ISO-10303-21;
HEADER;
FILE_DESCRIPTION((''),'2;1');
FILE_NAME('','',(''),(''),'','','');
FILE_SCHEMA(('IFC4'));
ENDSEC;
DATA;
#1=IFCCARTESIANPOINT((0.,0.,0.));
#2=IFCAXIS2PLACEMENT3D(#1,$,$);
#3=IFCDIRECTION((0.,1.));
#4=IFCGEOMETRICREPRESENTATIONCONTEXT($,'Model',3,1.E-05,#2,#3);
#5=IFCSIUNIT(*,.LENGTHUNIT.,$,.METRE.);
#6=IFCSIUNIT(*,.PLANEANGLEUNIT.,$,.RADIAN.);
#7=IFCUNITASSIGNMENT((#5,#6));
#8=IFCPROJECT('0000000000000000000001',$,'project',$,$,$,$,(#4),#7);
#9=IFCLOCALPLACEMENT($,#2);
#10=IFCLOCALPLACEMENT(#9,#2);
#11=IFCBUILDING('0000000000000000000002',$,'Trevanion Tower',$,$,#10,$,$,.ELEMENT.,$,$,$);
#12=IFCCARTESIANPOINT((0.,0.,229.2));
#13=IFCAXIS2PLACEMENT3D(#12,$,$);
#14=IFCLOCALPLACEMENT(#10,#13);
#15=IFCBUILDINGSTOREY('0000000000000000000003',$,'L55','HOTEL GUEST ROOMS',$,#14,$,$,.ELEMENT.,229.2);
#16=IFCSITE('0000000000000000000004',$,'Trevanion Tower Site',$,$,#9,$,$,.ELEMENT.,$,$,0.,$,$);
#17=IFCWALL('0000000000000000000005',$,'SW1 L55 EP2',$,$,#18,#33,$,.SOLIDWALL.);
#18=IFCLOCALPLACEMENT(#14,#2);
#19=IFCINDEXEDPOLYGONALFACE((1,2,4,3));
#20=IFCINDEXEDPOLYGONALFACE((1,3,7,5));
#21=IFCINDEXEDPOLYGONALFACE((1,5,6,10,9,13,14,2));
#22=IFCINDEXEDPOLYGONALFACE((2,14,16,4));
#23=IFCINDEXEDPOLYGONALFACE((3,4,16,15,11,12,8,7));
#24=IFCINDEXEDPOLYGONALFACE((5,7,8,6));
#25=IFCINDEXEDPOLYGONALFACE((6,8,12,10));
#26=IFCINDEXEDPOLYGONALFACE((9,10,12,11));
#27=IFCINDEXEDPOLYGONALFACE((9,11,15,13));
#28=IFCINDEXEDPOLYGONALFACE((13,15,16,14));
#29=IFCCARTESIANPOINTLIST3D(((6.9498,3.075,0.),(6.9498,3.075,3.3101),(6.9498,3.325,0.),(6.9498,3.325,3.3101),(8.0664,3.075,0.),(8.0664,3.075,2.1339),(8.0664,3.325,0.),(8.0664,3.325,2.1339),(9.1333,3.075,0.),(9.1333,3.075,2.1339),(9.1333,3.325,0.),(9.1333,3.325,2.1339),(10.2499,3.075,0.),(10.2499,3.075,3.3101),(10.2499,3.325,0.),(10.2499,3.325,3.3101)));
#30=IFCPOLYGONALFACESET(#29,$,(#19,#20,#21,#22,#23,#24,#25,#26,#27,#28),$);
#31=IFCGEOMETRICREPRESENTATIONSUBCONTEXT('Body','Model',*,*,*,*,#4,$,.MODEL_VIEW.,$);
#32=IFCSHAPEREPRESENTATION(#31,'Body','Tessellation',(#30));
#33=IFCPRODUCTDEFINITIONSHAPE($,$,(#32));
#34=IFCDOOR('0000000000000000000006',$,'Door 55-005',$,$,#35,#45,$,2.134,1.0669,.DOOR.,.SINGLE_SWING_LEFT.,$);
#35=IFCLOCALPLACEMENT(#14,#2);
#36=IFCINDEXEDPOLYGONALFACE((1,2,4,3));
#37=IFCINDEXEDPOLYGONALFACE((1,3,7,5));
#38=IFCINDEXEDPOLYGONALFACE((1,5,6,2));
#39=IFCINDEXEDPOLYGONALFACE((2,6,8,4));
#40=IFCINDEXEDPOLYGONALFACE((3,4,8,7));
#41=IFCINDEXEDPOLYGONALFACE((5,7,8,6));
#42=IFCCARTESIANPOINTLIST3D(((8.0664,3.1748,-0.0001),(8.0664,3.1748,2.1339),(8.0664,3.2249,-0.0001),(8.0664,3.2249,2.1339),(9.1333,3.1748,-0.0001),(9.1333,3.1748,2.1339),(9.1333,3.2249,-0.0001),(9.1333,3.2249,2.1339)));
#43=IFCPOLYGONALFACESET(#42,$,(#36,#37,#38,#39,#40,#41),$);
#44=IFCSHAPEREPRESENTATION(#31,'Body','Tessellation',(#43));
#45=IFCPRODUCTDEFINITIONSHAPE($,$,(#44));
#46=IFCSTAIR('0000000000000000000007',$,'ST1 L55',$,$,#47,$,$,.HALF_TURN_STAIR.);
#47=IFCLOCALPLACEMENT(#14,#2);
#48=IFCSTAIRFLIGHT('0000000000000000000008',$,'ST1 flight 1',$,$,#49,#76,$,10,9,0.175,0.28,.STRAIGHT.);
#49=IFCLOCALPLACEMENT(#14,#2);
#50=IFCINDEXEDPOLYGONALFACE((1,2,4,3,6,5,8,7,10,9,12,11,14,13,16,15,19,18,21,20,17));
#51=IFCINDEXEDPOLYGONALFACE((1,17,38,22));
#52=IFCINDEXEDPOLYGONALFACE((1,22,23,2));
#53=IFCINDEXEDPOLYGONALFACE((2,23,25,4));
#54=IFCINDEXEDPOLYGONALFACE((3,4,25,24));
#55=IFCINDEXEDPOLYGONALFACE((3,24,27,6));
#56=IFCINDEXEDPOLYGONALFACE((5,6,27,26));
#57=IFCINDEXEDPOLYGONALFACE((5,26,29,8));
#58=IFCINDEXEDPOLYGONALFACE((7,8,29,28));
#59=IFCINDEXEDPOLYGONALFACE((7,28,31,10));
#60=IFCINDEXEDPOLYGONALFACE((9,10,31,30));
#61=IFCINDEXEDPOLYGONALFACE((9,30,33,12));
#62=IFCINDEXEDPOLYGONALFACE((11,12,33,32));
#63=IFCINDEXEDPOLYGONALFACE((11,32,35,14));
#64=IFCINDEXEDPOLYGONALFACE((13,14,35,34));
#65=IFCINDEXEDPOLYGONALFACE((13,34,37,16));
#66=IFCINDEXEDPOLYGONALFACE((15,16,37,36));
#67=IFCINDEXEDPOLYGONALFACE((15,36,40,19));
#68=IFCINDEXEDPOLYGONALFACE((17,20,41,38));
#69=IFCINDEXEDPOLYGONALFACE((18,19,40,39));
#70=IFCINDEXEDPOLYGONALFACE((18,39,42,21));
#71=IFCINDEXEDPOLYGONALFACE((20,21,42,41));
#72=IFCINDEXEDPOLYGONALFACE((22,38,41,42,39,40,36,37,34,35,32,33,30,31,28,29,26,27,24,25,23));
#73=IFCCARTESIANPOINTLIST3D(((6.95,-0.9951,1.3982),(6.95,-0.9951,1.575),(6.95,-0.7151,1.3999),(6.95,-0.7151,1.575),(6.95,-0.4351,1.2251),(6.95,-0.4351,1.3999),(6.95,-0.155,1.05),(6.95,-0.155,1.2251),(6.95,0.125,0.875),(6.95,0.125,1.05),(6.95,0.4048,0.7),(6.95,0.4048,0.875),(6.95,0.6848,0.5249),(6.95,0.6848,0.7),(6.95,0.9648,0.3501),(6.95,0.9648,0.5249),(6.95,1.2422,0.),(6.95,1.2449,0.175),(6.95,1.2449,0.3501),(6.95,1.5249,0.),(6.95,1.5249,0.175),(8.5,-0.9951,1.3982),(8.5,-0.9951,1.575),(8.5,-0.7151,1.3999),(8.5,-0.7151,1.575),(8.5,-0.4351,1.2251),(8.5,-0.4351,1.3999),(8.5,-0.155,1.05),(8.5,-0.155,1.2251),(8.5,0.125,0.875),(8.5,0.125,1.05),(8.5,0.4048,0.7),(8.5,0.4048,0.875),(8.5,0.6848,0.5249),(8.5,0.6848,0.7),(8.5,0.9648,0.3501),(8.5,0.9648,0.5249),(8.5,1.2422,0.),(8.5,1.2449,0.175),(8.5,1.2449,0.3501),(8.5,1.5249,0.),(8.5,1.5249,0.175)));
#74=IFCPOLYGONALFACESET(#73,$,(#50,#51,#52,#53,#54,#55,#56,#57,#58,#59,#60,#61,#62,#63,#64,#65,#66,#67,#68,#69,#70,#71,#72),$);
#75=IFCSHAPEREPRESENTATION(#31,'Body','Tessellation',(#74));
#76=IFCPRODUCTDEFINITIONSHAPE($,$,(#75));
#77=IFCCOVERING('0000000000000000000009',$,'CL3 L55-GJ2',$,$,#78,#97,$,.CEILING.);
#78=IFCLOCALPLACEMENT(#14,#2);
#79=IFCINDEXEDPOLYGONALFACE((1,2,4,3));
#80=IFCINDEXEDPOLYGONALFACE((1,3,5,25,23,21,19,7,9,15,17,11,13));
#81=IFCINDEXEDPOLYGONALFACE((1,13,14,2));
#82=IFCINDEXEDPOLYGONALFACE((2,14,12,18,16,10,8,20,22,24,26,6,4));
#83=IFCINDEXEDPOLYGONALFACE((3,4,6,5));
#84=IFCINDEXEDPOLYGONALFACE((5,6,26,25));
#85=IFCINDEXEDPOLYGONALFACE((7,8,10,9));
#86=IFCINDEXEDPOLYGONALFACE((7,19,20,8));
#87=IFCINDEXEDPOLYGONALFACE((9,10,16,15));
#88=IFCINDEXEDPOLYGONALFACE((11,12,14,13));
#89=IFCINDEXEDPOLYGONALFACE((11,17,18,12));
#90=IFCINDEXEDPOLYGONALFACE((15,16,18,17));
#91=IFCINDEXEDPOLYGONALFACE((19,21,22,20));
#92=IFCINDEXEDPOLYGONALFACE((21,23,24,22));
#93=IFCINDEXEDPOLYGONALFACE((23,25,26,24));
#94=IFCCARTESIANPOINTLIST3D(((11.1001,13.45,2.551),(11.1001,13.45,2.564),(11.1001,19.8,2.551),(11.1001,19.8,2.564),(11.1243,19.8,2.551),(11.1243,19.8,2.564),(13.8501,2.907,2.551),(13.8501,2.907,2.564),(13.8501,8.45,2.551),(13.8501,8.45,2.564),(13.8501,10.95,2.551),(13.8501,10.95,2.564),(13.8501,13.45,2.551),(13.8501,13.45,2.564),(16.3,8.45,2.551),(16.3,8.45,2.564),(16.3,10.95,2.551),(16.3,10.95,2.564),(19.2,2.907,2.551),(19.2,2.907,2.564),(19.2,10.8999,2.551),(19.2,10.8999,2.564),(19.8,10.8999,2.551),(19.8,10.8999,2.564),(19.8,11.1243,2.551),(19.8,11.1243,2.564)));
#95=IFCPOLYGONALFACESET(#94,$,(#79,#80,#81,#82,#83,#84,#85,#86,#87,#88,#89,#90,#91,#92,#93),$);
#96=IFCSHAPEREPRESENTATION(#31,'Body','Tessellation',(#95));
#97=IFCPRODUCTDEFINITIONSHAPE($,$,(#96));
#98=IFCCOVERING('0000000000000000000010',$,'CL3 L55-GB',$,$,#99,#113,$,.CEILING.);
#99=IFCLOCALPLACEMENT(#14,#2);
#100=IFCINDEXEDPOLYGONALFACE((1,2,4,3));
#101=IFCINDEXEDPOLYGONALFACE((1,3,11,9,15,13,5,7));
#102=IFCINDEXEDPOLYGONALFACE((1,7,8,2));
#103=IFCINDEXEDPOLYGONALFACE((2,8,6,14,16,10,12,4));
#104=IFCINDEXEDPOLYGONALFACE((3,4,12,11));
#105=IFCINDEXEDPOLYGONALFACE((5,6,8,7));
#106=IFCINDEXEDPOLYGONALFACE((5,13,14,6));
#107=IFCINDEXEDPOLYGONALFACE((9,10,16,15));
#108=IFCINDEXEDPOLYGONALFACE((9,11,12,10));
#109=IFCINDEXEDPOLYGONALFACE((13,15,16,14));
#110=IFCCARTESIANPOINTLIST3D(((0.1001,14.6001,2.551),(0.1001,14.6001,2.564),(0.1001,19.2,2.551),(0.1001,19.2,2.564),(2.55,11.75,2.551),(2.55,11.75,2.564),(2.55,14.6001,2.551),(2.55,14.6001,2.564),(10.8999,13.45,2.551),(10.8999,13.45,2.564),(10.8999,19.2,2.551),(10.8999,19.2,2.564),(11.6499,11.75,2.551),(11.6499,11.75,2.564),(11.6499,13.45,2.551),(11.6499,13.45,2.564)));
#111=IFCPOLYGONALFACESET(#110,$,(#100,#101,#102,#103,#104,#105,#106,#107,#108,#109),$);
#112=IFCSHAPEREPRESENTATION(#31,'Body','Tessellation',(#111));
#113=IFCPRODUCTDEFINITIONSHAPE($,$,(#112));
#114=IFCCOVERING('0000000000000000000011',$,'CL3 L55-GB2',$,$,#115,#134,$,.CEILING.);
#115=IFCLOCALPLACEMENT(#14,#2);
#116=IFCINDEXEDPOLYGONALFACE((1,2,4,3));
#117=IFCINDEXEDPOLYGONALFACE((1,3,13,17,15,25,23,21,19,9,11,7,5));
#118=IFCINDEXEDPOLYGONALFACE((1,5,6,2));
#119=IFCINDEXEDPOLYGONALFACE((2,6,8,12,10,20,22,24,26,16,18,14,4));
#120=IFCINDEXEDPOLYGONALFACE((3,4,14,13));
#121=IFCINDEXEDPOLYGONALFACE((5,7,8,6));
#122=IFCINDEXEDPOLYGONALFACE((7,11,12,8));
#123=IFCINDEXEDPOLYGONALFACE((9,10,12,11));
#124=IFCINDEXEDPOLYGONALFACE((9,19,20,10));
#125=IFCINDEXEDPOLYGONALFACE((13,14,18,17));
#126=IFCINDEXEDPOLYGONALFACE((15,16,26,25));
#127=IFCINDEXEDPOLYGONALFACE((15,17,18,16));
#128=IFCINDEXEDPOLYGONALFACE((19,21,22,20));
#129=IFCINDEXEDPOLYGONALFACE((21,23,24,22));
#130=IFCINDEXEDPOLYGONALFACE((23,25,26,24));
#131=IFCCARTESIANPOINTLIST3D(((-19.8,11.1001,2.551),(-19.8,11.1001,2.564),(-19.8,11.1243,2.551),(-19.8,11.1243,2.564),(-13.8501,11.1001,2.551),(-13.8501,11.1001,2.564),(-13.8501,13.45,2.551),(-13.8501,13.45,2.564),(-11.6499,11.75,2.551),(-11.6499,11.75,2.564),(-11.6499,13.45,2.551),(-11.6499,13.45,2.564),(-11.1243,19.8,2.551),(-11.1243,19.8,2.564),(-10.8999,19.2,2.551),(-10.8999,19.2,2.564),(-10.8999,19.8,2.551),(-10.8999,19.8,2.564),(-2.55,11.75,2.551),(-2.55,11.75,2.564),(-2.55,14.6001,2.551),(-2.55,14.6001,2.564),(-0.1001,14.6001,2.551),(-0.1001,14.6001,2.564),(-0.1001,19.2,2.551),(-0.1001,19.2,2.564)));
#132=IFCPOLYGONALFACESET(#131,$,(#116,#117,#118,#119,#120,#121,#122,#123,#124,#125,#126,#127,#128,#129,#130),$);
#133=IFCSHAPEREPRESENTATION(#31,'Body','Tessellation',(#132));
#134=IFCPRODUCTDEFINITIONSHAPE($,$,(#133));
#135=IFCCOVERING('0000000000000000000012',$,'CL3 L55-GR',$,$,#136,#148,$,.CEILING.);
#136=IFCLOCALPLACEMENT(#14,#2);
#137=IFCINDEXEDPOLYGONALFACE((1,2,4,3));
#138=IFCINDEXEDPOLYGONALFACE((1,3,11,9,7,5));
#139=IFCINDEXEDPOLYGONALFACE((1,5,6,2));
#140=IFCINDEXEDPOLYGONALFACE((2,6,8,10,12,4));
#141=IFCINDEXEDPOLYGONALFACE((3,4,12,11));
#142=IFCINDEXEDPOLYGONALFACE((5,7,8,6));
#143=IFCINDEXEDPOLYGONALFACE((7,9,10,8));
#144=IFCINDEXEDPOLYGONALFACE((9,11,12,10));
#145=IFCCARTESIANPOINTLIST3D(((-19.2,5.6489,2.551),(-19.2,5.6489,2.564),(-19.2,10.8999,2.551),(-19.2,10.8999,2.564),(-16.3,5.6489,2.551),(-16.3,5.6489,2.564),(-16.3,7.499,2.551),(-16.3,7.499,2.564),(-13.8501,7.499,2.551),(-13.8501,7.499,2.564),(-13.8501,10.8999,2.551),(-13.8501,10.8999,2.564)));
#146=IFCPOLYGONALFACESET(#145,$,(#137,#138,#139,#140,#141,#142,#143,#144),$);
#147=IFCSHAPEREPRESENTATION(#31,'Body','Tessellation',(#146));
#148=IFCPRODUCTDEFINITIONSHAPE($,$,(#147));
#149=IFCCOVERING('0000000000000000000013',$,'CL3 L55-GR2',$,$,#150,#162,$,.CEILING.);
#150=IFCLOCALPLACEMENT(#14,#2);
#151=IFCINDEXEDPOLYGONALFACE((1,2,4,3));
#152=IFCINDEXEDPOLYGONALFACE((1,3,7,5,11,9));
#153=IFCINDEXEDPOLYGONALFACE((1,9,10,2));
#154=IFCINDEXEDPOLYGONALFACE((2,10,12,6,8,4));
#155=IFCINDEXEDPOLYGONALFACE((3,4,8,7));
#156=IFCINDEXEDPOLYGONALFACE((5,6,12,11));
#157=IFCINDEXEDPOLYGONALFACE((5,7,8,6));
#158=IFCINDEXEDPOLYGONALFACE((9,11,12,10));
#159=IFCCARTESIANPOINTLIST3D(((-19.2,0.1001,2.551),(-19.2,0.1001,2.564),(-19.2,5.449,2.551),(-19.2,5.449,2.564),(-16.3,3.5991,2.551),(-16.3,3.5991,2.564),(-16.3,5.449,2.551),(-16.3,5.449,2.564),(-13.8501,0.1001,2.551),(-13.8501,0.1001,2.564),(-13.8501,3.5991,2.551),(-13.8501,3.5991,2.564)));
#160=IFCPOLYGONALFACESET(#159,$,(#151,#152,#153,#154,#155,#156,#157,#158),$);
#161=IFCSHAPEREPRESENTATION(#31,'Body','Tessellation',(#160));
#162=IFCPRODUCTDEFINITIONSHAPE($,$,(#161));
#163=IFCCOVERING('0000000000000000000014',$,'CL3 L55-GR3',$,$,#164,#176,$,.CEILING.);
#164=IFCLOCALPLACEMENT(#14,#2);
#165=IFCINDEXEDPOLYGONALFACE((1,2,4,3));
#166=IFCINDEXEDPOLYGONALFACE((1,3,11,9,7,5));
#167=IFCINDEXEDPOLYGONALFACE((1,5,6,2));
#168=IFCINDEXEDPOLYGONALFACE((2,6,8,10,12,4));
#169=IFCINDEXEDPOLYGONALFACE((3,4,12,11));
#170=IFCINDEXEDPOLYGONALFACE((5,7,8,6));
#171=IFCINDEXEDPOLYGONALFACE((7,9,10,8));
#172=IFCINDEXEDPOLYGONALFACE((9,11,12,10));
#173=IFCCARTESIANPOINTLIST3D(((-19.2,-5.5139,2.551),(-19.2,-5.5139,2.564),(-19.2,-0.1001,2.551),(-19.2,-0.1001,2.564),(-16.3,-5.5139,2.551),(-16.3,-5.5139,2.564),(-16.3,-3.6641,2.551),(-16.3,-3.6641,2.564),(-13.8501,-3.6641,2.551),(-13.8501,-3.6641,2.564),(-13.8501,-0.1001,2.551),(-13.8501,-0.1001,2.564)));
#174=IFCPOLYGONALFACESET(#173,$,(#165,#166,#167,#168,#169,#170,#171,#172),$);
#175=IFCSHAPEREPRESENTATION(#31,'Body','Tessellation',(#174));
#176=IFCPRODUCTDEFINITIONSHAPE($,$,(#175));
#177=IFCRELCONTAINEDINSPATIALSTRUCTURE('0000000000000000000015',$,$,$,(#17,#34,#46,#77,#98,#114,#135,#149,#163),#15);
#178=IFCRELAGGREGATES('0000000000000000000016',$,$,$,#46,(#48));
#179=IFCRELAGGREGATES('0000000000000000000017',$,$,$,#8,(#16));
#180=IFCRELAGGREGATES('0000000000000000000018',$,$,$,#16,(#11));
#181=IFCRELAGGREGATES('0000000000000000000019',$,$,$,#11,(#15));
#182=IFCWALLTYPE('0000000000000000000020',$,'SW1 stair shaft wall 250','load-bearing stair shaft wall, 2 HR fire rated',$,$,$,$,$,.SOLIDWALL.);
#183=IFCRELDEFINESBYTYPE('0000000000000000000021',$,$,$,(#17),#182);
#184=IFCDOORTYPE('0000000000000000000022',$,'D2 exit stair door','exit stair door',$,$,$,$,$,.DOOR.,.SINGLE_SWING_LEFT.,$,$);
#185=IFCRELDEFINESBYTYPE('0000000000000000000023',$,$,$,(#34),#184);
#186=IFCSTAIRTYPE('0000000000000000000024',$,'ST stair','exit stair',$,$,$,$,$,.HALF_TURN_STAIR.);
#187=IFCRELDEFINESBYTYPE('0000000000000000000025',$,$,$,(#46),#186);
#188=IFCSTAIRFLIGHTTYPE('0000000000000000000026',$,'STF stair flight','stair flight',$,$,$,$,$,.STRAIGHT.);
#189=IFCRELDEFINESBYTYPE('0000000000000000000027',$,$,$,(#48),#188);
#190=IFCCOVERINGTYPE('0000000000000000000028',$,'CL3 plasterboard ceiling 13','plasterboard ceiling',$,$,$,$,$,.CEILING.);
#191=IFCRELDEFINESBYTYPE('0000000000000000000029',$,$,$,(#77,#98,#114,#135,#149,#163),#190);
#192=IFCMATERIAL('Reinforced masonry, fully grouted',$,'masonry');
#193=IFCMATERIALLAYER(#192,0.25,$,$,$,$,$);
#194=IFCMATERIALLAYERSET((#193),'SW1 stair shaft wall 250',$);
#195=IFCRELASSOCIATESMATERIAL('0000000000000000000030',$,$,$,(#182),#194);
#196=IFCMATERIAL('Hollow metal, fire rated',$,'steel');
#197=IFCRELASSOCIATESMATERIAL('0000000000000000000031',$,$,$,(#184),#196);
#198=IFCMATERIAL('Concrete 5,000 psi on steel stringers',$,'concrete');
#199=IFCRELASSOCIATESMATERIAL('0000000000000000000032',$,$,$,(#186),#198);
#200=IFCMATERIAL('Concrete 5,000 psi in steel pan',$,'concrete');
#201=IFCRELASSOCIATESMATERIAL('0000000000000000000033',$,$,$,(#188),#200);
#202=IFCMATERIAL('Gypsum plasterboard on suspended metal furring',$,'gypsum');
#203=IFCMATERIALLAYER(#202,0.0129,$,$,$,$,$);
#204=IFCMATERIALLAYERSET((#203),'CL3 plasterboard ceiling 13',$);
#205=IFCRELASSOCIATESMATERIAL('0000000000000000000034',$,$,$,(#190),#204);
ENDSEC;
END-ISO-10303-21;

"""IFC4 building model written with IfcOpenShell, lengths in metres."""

from ifc_helpers import new_model, si_unit, direction, frame, frame_2d, origin, place, context, subcontext, project, spatial, polyline, rectangle, outline, extrude, material, layer, layer_set, type_object, element, fill, aggregate, save


model = new_model("IFC4")

# Units and contexts
model_context = context("Model", 3, precision=1e-05, world=origin(), true_north=direction((0.0, 1.0)))
body_context = subcontext(model_context, "Body", "Model", "MODEL_VIEW")
ifc_project = project(units=[si_unit("LENGTHUNIT", "METRE"), si_unit("PLANEANGLEUNIT", "RADIAN")], contexts=[model_context])

# Site, building, storey
site_placement = place(None, origin())
site = spatial("IfcSite", under=ifc_project, at=site_placement, Name="Trevanion Tower Site", CompositionType="ELEMENT", RefElevation=0.0)
building_placement = place(site_placement, origin())
building = spatial("IfcBuilding", under=site, at=building_placement, Name="Trevanion Tower", CompositionType="ELEMENT")
storey_placement = place(building_placement, frame((0.0, 0.0, 229.2)))
storey = spatial("IfcBuildingStorey", under=building, at=storey_placement, Name="L55", Description="HOTEL GUEST ROOMS", CompositionType="ELEMENT", Elevation=229.2)

# Wall, opening, door
ifc_material_1 = material(Name="Reinforced masonry, fully grouted", Category="masonry")
ifc_layer_1 = layer(ifc_material_1, 0.25)
ifc_layer_set_1 = layer_set([ifc_layer_1], Name="SW1 stair shaft wall 250")
wall_type_1 = type_object("IfcWallType", Name="SW1 stair shaft wall 250", Description="load-bearing stair shaft wall, 2 HR fire rated", PredefinedType="SOLIDWALL", material=ifc_layer_set_1)
wall_1_placement = place(storey_placement, frame((6.95, 3.2, 0.0), z_axis=(0.0, 0.0, 1.0), x_axis=(1.0, 0.0, 0.0)))
wall_1 = element("IfcWall", 1, at=wall_1_placement, inside=storey, type_object=wall_type_1, Name="SW1 L55 EP2", PredefinedType="SOLIDWALL", context=body_context, shape_type="SweptSolid", body=[
    extrude(rectangle(XDim=3.3, YDim=0.25, at=frame_2d((1.6499, 0.0))), origin(), (0.0, 0.0, 1.0), 3.3101),
])
opening_1_placement = place(wall_1_placement, frame((1.1165, 0.0, 0.0)))
opening_1 = element("IfcOpeningElement", 2, at=opening_1_placement, cuts=wall_1, PredefinedType="OPENING", context=body_context, shape_type="SweptSolid", body=[
    extrude(rectangle(XDim=1.0669, YDim=2.134, at=frame_2d((0.5334, 1.0669))), frame((0.0, 0.135, 0.0), z_axis=(0.0, -1.0, 0.0), x_axis=(1.0, 0.0, 0.0)), (0.0, 0.0, 1.0), 0.27),
])
ifc_material_2 = material(Name="Hollow metal, fire rated", Category="steel")
door_type_1 = type_object("IfcDoorType", Name="D2 exit stair door", Description="exit stair door", OperationType="SINGLE_SWING_LEFT", PredefinedType="DOOR", material=ifc_material_2)
door_1_placement = place(opening_1_placement, origin())
door_1 = element("IfcDoor", 3, at=door_1_placement, inside=storey, type_object=door_type_1, Name="Door 55-005", OperationType="SINGLE_SWING_LEFT", OverallHeight=2.134, OverallWidth=1.0669, PredefinedType="DOOR", context=body_context, shape_type="SweptSolid", body=[
    extrude(rectangle(XDim=1.0669, YDim=2.134, at=frame_2d((0.5334, 1.0669))), frame((0.0, 0.0249, 0.0), z_axis=(0.0, -1.0, 0.0), x_axis=(1.0, 0.0, 0.0)), (0.0, 0.0, 1.0), 0.05),
])
fill(opening_1, door_1)

# Stair, stair flight
ifc_material_3 = material(Name="Concrete 5,000 psi on steel stringers", Category="concrete")
stair_type = type_object("IfcStairType", Name="ST stair", Description="exit stair", PredefinedType="HALF_TURN_STAIR", material=ifc_material_3)
stair_placement = place(storey_placement, origin())
stair = element("IfcStair", 4, at=stair_placement, inside=storey, type_object=stair_type, Name="ST1 L55", PredefinedType="HALF_TURN_STAIR")
ifc_material_4 = material(Name="Concrete 5,000 psi in steel pan", Category="concrete")
stair_flight_type = type_object("IfcStairFlightType", Name="STF stair flight", Description="stair flight", PredefinedType="STRAIGHT", material=ifc_material_4)
stair_flight_placement = place(storey_placement, frame((7.7251, 1.5249, 0.0), z_axis=(0.0, 0.0, 1.0), x_axis=(0.0, -1.0, 0.0)))
stair_flight = element("IfcStairFlight", 5, at=stair_flight_placement, type_object=stair_flight_type, Name="ST1 flight 1", NumberOfRisers=10, NumberOfTreads=9, PredefinedType="STRAIGHT", RiserHeight=0.175, TreadLength=0.28, context=body_context, shape_type="SweptSolid", body=[
    extrude(outline(polyline([(0.0, 0.0), (0.0, 0.175), (0.28, 0.175), (0.28, 0.3501), (0.5601, 0.3501), (0.5601, 0.5249), (0.8401, 0.5249), (0.8401, 0.7), (1.1201, 0.7), (1.1201, 0.875), (1.3999, 0.875), (1.3999, 1.05), (1.6799, 1.05), (1.6799, 1.2251), (1.96, 1.2251), (1.96, 1.3999), (2.24, 1.3999), (2.24, 1.575), (2.52, 1.575), (2.52, 1.75), (2.52, 1.3982), (0.2827, 0.0), (0.0, 0.0)])), frame((0.0, 0.7749, 0.0), z_axis=(0.0, -1.0, 0.0), x_axis=(1.0, 0.0, 0.0)), (0.0, 0.0, 1.0), 1.55),
])
aggregate(stair, [stair_flight])

# Coverings
ifc_material_5 = material(Name="Gypsum plasterboard on suspended metal furring", Category="gypsum")
ifc_layer_2 = layer(ifc_material_5, 0.0129)
ifc_layer_set_2 = layer_set([ifc_layer_2], Name="CL3 plasterboard ceiling 13")
covering_type_1 = type_object("IfcCoveringType", Name="CL3 plasterboard ceiling 13", Description="plasterboard ceiling", PredefinedType="CEILING", material=ifc_layer_set_2)
covering_1_placement = place(storey_placement, frame((0.0, 0.0, 2.551)))
element("IfcCovering", 6, at=covering_1_placement, inside=storey, type_object=covering_type_1, Name="CL3 L55-GJ2", PredefinedType="CEILING", context=body_context, shape_type="SweptSolid", body=[
    extrude(outline(polyline([(11.1001, 13.45), (11.1001, 19.8), (11.1243, 19.8), (19.8, 11.1243), (19.8, 10.8999), (19.2, 10.8999), (19.2, 2.907), (13.8501, 2.907), (13.8501, 8.45), (16.3, 8.45), (16.3, 10.95), (13.8501, 10.95), (13.8501, 13.45), (11.1001, 13.45)])), origin(), (0.0, 0.0, 1.0), 0.0129),
])
covering_2_placement = place(storey_placement, frame((0.0, 0.0, 2.551)))
element("IfcCovering", 7, at=covering_2_placement, inside=storey, type_object=covering_type_1, Name="CL3 L55-GB", PredefinedType="CEILING", context=body_context, shape_type="SweptSolid", body=[
    extrude(outline(polyline([(0.1001, 19.2), (10.8999, 19.2), (10.8999, 13.45), (11.6499, 13.45), (11.6499, 11.75), (2.55, 11.75), (2.55, 14.6001), (0.1001, 14.6001), (0.1001, 19.2)])), origin(), (0.0, 0.0, 1.0), 0.0129),
])
covering_3_placement = place(storey_placement, frame((0.0, 0.0, 2.551)))
element("IfcCovering", 8, at=covering_3_placement, inside=storey, type_object=covering_type_1, Name="CL3 L55-GB2", PredefinedType="CEILING", context=body_context, shape_type="SweptSolid", body=[
    extrude(outline(polyline([(-13.8501, 11.1001), (-19.8, 11.1001), (-19.8, 11.1243), (-11.1243, 19.8), (-10.8999, 19.8), (-10.8999, 19.2), (-0.1001, 19.2), (-0.1001, 14.6001), (-2.55, 14.6001), (-2.55, 11.75), (-11.6499, 11.75), (-11.6499, 13.45), (-13.8501, 13.45), (-13.8501, 11.1001)])), origin(), (0.0, 0.0, 1.0), 0.0129),
])
covering_4_placement = place(storey_placement, frame((0.0, 0.0, 2.551)))
element("IfcCovering", 9, at=covering_4_placement, inside=storey, type_object=covering_type_1, Name="CL3 L55-GR", PredefinedType="CEILING", context=body_context, shape_type="SweptSolid", body=[
    extrude(outline(polyline([(-13.8501, 7.499), (-16.3, 7.499), (-16.3, 5.6489), (-19.2, 5.6489), (-19.2, 10.8999), (-13.8501, 10.8999), (-13.8501, 7.499)])), origin(), (0.0, 0.0, 1.0), 0.0129),
])
covering_5_placement = place(storey_placement, frame((0.0, 0.0, 2.551)))
element("IfcCovering", 10, at=covering_5_placement, inside=storey, type_object=covering_type_1, Name="CL3 L55-GR2", PredefinedType="CEILING", context=body_context, shape_type="SweptSolid", body=[
    extrude(outline(polyline([(-13.8501, 0.1001), (-19.2, 0.1001), (-19.2, 5.449), (-16.3, 5.449), (-16.3, 3.5991), (-13.8501, 3.5991), (-13.8501, 0.1001)])), origin(), (0.0, 0.0, 1.0), 0.0129),
])
covering_6_placement = place(storey_placement, frame((0.0, 0.0, 2.551)))
element("IfcCovering", 11, at=covering_6_placement, inside=storey, type_object=covering_type_1, Name="CL3 L55-GR3", PredefinedType="CEILING", context=body_context, shape_type="SweptSolid", body=[
    extrude(outline(polyline([(-13.8501, -3.6641), (-16.3, -3.6641), (-16.3, -5.5139), (-19.2, -5.5139), (-19.2, -0.1001), (-13.8501, -0.1001), (-13.8501, -3.6641)])), origin(), (0.0, 0.0, 1.0), 0.0129),
])

save(model, "model.ifc")
